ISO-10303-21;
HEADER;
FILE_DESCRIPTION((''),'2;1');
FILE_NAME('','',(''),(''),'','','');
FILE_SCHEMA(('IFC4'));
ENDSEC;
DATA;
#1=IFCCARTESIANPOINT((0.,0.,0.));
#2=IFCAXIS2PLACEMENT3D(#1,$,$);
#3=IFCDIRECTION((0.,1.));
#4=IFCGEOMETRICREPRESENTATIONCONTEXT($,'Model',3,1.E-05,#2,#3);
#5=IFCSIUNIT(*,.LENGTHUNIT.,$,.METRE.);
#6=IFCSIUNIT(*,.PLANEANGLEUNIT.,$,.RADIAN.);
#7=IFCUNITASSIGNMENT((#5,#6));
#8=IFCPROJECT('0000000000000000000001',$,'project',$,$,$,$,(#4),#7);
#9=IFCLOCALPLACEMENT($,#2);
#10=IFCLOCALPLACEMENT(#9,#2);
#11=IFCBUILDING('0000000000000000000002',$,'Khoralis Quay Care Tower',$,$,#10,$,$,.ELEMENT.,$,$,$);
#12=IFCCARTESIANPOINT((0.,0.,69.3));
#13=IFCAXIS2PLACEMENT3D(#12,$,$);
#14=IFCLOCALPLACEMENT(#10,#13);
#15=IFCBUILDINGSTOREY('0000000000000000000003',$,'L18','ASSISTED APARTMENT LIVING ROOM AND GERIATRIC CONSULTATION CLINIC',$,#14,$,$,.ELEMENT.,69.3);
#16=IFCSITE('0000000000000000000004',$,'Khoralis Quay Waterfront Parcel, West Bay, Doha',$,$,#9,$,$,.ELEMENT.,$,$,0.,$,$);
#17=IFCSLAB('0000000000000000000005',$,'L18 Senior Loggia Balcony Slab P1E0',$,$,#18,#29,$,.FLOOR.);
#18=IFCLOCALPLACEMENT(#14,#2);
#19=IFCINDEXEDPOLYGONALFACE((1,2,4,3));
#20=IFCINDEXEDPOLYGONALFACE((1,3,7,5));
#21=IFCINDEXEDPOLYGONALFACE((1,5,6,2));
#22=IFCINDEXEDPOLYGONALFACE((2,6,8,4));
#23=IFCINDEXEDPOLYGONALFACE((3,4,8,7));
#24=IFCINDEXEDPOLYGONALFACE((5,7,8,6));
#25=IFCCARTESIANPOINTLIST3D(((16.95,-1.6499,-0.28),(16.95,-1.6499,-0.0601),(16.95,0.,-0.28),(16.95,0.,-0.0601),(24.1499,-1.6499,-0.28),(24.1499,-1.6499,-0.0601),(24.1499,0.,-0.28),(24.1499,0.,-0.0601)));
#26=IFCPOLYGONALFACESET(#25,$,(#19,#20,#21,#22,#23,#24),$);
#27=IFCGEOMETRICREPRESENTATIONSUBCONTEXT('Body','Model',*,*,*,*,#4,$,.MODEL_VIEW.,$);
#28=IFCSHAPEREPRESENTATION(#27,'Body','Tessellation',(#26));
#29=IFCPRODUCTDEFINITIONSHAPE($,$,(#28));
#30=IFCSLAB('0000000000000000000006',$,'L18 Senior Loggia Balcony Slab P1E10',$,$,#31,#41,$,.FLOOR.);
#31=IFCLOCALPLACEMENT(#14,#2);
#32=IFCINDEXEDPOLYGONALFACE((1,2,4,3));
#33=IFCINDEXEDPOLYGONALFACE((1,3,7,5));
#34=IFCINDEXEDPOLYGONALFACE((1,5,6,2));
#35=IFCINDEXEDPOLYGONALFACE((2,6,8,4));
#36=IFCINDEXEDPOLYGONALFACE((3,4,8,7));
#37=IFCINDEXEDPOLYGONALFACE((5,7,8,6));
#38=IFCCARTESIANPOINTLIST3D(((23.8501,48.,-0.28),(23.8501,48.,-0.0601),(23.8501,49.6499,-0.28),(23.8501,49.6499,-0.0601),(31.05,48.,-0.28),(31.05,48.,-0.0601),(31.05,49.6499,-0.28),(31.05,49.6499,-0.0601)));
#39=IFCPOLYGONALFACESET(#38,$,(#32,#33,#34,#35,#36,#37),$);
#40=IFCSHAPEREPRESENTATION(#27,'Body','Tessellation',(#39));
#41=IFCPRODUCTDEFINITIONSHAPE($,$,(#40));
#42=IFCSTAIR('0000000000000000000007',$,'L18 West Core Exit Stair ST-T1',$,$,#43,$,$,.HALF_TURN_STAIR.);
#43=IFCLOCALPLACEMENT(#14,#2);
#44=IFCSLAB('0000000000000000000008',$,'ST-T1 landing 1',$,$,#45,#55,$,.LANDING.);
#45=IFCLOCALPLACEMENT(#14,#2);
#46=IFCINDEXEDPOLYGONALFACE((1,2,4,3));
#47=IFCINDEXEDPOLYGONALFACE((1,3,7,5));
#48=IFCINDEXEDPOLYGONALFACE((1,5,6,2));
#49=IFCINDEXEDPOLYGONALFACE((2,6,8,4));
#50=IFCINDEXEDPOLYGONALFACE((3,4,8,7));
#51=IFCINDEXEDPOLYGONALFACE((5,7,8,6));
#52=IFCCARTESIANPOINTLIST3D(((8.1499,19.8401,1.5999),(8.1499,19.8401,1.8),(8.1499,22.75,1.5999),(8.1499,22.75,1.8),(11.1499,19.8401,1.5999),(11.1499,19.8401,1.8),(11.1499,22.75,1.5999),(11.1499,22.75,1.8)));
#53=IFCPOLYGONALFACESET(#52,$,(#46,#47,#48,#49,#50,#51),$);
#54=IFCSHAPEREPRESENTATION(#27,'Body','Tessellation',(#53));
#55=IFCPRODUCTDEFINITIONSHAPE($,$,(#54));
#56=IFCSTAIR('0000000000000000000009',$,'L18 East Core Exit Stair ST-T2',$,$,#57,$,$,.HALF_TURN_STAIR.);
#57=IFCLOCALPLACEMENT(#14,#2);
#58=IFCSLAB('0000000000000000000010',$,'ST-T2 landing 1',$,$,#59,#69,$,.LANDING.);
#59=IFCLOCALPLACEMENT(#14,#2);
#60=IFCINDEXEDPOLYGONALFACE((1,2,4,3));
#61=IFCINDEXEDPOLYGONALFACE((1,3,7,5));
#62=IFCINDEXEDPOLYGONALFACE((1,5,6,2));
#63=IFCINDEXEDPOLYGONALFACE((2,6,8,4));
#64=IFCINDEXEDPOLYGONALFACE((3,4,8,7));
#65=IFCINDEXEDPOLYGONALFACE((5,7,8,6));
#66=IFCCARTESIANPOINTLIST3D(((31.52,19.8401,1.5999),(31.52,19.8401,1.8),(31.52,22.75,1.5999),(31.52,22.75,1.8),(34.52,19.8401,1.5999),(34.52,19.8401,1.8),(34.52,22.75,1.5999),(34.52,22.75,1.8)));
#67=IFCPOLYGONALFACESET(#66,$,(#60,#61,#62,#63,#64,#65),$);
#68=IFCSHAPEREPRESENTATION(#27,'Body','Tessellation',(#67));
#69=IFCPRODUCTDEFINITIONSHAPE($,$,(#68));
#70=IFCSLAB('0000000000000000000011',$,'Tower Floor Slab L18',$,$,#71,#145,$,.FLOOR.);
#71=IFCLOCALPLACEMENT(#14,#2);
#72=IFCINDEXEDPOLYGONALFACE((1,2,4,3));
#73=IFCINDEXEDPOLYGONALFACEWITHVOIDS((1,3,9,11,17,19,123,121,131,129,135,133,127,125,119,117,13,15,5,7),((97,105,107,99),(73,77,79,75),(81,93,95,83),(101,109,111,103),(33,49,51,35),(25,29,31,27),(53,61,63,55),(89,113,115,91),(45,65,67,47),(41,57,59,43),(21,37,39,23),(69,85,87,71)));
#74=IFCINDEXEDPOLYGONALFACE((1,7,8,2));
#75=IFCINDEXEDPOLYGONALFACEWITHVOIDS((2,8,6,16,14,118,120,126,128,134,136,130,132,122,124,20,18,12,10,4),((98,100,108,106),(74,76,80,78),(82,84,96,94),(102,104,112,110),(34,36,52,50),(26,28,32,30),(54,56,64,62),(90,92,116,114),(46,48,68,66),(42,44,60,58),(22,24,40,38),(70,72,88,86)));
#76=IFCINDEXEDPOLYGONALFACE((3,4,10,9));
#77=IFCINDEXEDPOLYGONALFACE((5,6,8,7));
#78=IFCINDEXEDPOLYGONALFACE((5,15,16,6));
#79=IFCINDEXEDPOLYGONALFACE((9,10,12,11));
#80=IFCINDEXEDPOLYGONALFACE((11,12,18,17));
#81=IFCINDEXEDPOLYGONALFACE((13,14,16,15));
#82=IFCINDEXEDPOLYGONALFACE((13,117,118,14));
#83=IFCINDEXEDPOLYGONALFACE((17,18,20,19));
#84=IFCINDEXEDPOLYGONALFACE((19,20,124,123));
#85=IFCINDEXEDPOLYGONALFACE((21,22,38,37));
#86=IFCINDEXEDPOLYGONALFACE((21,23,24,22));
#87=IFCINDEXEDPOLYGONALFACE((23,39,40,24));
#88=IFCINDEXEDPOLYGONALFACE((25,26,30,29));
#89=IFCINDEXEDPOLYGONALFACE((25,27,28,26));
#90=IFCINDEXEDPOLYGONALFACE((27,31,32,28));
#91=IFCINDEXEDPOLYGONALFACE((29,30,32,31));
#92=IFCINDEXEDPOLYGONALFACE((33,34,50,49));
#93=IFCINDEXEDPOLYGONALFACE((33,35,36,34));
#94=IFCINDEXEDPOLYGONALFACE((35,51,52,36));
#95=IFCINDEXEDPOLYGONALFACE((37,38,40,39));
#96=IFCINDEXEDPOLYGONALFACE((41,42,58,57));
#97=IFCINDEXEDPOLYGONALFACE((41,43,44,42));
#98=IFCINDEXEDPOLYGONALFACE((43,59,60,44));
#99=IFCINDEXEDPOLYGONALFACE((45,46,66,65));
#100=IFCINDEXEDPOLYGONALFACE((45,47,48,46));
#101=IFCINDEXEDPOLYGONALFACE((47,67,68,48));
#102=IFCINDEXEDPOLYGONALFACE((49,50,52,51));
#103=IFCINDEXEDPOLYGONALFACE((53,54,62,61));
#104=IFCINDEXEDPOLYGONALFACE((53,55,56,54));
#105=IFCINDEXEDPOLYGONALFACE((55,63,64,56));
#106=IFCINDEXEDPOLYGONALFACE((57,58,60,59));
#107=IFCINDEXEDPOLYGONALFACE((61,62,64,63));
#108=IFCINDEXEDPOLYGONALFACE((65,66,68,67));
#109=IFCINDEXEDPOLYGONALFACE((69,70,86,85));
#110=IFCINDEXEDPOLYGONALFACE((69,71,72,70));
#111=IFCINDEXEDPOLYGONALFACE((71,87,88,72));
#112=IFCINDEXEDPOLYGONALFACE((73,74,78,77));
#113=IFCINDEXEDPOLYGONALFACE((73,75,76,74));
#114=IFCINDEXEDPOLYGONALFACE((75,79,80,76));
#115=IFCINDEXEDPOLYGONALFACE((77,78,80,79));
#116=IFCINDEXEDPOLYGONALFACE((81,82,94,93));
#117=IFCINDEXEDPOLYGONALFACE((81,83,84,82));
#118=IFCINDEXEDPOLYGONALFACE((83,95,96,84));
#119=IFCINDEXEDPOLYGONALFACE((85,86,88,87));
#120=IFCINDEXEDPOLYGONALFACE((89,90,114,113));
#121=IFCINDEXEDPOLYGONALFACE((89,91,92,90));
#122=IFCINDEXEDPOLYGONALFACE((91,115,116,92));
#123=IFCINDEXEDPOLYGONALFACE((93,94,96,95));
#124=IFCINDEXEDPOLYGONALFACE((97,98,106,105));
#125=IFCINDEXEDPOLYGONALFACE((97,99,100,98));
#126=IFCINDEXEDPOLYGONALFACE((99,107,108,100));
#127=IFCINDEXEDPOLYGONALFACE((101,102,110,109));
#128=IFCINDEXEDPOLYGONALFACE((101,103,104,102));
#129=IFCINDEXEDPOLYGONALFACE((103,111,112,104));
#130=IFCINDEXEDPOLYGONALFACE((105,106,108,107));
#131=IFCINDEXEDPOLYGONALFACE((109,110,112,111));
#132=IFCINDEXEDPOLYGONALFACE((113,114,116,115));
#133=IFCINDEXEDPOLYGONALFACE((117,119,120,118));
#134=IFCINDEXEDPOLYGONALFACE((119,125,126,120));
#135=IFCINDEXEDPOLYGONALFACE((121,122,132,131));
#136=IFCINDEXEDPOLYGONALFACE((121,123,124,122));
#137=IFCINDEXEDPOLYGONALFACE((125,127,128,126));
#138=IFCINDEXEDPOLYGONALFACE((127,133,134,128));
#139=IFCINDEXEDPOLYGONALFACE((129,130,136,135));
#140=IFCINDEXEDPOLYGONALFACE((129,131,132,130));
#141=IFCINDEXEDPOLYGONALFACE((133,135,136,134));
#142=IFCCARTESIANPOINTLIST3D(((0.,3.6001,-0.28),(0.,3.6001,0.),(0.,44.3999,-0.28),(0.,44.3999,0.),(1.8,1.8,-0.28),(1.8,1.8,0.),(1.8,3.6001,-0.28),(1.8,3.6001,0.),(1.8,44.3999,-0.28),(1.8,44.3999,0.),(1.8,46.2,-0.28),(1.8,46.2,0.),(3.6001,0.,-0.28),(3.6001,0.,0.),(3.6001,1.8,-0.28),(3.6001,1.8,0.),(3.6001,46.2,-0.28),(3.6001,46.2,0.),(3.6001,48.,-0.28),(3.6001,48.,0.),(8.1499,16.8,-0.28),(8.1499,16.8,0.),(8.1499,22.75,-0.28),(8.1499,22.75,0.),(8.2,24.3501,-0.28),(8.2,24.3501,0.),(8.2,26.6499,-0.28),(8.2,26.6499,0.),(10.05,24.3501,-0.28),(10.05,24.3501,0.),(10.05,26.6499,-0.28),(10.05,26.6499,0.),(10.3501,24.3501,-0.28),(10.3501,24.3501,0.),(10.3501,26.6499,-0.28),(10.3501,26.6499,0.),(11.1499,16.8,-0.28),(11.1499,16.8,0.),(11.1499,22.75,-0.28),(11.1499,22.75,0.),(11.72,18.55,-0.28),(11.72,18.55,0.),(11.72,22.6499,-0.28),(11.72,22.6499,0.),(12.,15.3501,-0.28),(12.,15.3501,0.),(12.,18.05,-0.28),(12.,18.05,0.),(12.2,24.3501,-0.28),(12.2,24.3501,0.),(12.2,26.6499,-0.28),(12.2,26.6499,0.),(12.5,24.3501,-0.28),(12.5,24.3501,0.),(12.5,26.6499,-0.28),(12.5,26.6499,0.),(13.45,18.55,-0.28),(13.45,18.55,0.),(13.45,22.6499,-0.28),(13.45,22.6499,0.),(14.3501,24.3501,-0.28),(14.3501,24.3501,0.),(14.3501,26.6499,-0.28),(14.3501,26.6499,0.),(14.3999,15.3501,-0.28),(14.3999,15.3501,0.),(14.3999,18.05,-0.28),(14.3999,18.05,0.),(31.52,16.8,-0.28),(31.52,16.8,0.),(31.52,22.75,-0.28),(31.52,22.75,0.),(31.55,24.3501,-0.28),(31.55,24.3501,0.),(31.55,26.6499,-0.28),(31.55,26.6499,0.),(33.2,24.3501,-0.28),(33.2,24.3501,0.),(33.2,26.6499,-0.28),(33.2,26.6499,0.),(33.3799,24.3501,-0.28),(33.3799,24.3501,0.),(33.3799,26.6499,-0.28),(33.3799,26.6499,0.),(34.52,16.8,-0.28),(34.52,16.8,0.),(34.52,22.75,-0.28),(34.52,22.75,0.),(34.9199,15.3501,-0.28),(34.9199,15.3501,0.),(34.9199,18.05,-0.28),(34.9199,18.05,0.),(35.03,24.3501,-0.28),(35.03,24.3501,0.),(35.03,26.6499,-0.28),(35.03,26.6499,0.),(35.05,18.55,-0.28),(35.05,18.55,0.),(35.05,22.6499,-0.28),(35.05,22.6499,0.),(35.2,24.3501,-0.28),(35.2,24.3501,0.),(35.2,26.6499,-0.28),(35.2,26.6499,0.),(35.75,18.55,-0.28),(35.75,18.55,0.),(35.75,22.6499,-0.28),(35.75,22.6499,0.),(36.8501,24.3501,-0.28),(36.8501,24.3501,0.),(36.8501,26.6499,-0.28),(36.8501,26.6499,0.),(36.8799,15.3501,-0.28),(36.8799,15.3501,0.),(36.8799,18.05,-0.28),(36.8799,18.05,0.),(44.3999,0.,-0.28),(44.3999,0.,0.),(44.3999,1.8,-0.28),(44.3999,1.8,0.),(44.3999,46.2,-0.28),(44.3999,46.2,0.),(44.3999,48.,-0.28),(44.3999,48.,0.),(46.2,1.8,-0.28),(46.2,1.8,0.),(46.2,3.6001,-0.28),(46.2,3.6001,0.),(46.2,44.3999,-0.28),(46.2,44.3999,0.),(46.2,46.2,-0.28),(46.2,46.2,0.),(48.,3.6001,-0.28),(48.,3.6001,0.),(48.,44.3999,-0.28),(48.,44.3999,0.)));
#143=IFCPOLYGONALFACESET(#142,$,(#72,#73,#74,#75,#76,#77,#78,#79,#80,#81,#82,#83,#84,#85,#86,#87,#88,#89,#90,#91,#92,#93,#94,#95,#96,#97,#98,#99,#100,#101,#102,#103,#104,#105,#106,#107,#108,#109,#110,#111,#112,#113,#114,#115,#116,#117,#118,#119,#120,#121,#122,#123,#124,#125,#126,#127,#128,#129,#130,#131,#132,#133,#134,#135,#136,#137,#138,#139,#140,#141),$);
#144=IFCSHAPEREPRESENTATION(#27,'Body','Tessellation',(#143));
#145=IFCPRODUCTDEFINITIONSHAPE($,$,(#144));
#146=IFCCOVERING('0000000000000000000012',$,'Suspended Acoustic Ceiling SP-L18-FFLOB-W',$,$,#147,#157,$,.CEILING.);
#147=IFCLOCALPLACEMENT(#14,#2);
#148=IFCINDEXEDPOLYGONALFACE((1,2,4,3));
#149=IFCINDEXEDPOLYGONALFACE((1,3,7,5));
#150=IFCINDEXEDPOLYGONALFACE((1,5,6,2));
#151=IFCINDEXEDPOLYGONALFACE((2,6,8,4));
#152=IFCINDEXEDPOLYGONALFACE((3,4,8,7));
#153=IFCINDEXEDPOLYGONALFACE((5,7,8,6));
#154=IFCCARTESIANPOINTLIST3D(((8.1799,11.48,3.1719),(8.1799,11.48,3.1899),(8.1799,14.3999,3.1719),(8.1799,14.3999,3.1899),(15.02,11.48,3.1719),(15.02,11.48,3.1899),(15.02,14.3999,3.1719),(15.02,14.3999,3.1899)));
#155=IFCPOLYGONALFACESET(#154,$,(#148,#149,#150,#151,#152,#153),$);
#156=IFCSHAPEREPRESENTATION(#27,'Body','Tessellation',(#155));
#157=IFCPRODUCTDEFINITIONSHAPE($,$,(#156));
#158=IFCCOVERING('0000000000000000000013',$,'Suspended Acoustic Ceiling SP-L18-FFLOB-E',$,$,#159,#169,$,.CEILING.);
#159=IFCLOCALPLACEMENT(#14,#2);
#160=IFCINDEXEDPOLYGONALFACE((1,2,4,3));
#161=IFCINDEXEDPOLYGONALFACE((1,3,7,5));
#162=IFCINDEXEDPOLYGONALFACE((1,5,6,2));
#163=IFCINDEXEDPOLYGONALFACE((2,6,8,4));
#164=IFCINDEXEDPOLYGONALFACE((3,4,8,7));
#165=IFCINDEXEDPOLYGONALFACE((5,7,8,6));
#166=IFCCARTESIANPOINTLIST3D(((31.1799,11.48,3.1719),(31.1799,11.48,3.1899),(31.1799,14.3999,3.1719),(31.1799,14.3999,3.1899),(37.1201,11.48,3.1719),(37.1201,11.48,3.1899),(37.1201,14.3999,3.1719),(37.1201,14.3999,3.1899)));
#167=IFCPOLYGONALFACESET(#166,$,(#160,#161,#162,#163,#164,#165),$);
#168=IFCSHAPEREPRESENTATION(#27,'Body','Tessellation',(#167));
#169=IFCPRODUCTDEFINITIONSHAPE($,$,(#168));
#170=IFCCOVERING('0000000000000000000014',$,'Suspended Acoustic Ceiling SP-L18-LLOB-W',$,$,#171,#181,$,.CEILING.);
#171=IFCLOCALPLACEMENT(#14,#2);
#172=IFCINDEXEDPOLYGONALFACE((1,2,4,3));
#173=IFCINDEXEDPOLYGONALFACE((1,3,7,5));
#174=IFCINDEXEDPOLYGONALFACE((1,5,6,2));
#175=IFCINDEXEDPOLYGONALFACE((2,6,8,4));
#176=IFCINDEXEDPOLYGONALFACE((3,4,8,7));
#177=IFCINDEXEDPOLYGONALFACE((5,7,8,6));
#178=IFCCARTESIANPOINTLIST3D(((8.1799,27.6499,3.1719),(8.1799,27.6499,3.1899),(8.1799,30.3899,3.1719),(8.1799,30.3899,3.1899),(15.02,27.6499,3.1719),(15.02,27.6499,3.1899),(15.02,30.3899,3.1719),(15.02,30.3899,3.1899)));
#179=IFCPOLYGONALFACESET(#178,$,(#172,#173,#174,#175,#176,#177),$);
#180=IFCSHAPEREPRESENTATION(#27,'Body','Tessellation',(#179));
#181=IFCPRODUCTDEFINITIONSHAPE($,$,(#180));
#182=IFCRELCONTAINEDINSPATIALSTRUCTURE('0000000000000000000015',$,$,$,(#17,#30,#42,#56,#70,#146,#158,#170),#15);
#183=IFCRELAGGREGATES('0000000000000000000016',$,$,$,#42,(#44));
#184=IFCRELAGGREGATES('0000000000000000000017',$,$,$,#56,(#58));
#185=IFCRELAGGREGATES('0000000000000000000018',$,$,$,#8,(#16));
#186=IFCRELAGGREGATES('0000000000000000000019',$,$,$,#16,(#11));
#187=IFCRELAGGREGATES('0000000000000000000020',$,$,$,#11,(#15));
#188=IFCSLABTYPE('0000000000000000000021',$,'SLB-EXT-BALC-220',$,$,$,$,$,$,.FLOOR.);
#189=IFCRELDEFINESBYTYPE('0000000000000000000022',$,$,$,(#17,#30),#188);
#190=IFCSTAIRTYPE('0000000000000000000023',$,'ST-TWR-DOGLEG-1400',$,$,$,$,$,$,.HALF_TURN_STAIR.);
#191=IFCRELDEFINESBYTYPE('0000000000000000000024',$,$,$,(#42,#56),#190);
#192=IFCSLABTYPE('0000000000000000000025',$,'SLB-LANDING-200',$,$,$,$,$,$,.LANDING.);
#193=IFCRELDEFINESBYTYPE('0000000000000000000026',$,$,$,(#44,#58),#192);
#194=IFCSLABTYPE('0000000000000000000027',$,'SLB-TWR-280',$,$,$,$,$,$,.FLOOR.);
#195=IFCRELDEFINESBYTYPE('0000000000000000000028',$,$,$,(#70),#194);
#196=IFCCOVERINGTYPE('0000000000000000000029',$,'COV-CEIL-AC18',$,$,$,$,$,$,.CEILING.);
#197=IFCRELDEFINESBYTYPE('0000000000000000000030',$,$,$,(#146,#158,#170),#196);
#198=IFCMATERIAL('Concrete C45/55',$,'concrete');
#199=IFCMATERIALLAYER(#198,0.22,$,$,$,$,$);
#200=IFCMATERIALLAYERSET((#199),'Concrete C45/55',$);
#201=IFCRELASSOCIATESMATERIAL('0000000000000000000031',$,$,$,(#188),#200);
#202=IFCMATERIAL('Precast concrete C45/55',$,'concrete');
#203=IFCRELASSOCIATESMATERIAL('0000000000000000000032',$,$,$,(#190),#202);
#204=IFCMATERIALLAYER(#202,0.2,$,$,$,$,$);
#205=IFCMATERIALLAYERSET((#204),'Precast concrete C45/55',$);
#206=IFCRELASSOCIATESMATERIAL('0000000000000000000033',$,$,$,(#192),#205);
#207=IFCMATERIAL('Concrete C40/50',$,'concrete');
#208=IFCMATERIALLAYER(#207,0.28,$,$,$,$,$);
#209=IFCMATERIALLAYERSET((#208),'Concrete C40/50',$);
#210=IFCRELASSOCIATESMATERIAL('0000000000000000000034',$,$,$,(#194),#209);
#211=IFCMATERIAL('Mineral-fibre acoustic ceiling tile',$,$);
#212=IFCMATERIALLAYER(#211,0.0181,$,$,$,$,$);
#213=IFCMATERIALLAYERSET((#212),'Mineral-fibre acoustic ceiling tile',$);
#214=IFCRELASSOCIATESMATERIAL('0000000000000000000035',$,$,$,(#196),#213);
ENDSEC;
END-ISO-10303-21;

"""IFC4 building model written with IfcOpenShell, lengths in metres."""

from ifc_helpers import new_model, si_unit, direction, frame, origin, place, context, subcontext, project, spatial, polyline, outline, extrude, material, layer, layer_set, type_object, element, aggregate, save


model = new_model("IFC4")

# Units and contexts
model_context = context("Model", 3, precision=1e-05, world=origin(), true_north=direction((0.0, 1.0)))
body_context = subcontext(model_context, "Body", "Model", "MODEL_VIEW")
ifc_project = project(units=[si_unit("LENGTHUNIT", "METRE"), si_unit("PLANEANGLEUNIT", "RADIAN")], contexts=[model_context])

# Site, building, storey
site_placement = place(None, origin())
site = spatial("IfcSite", under=ifc_project, at=site_placement, Name="Khoralis Quay Waterfront Parcel, West Bay, Doha", CompositionType="ELEMENT", RefElevation=0.0)
building_placement = place(site_placement, origin())
building = spatial("IfcBuilding", under=site, at=building_placement, Name="Khoralis Quay Care Tower", CompositionType="ELEMENT")
storey_placement = place(building_placement, frame((0.0, 0.0, 69.3)))
storey = spatial("IfcBuildingStorey", under=building, at=storey_placement, Name="L18", Description="ASSISTED APARTMENT LIVING ROOM AND GERIATRIC CONSULTATION CLINIC", CompositionType="ELEMENT", Elevation=69.3)

# Slabs
ifc_material_1 = material(Name="Concrete C45/55", Category="concrete")
ifc_layer_1 = layer(ifc_material_1, 0.22)
ifc_layer_set_1 = layer_set([ifc_layer_1], Name="Concrete C45/55")
slab_type_1 = type_object("IfcSlabType", Name="SLB-EXT-BALC-220", PredefinedType="FLOOR", material=ifc_layer_set_1)
slab_1_placement = place(storey_placement, frame((0.0, 0.0, -0.28)))
element("IfcSlab", 1, at=slab_1_placement, inside=storey, type_object=slab_type_1, Name="L18 Senior Loggia Balcony Slab P1E0", PredefinedType="FLOOR", context=body_context, shape_type="SweptSolid", body=[
    extrude(outline(polyline([(16.95, -1.6499), (24.1499, -1.6499), (24.1499, 0.0), (16.95, 0.0), (16.95, -1.6499)])), origin(), (0.0, 0.0, 1.0), 0.22),
])
slab_2_placement = place(storey_placement, frame((0.0, 0.0, -0.28)))
element("IfcSlab", 2, at=slab_2_placement, inside=storey, type_object=slab_type_1, Name="L18 Senior Loggia Balcony Slab P1E10", PredefinedType="FLOOR", context=body_context, shape_type="SweptSolid", body=[
    extrude(outline(polyline([(23.8501, 48.0), (31.05, 48.0), (31.05, 49.6499), (23.8501, 49.6499), (23.8501, 48.0)])), origin(), (0.0, 0.0, 1.0), 0.22),
])

# Stairs, slabs
ifc_material_2 = material(Name="Precast concrete C45/55", Category="concrete")
stair_type = type_object("IfcStairType", Name="ST-TWR-DOGLEG-1400", PredefinedType="HALF_TURN_STAIR", material=ifc_material_2)
stair_1_placement = place(storey_placement, origin())
stair_1 = element("IfcStair", 3, at=stair_1_placement, inside=storey, type_object=stair_type, Name="L18 West Core Exit Stair ST-T1", PredefinedType="HALF_TURN_STAIR")
ifc_layer_2 = layer(ifc_material_2, 0.2)
ifc_layer_set_2 = layer_set([ifc_layer_2], Name="Precast concrete C45/55")
slab_type_2 = type_object("IfcSlabType", Name="SLB-LANDING-200", PredefinedType="LANDING", material=ifc_layer_set_2)
slab_3_placement = place(storey_placement, frame((0.0, 0.0, 1.5999)))
slab_3 = element("IfcSlab", 4, at=slab_3_placement, type_object=slab_type_2, Name="ST-T1 landing 1", PredefinedType="LANDING", context=body_context, shape_type="SweptSolid", body=[
    extrude(outline(polyline([(11.1499, 19.8401), (11.1499, 22.75), (8.1499, 22.75), (8.1499, 19.8401), (11.1499, 19.8401)])), origin(), (0.0, 0.0, 1.0), 0.2002),
])
aggregate(stair_1, [slab_3])
stair_2_placement = place(storey_placement, origin())
stair_2 = element("IfcStair", 5, at=stair_2_placement, inside=storey, type_object=stair_type, Name="L18 East Core Exit Stair ST-T2", PredefinedType="HALF_TURN_STAIR")
slab_4_placement = place(storey_placement, frame((0.0, 0.0, 1.5999)))
slab_4 = element("IfcSlab", 6, at=slab_4_placement, type_object=slab_type_2, Name="ST-T2 landing 1", PredefinedType="LANDING", context=body_context, shape_type="SweptSolid", body=[
    extrude(outline(polyline([(34.52, 19.8401), (34.52, 22.75), (31.52, 22.75), (31.52, 19.8401), (34.52, 19.8401)])), origin(), (0.0, 0.0, 1.0), 0.2002),
])
aggregate(stair_2, [slab_4])

# Slab
ifc_material_3 = material(Name="Concrete C40/50", Category="concrete")
ifc_layer_3 = layer(ifc_material_3, 0.28)
ifc_layer_set_3 = layer_set([ifc_layer_3], Name="Concrete C40/50")
slab_type_3 = type_object("IfcSlabType", Name="SLB-TWR-280", PredefinedType="FLOOR", material=ifc_layer_set_3)
slab_5_placement = place(storey_placement, frame((0.0, 0.0, -0.28)))
element("IfcSlab", 7, at=slab_5_placement, inside=storey, type_object=slab_type_3, Name="Tower Floor Slab L18", PredefinedType="FLOOR", context=body_context, shape_type="SweptSolid", body=[
    extrude(outline(polyline([(3.6001, 0.0), (44.3999, 0.0), (44.3999, 1.8), (46.2, 1.8), (46.2, 3.6001), (48.0, 3.6001), (48.0, 44.3999), (46.2, 44.3999), (46.2, 46.2), (44.3999, 46.2), (44.3999, 48.0), (3.6001, 48.0), (3.6001, 46.2), (1.8, 46.2), (1.8, 44.3999), (0.0, 44.3999), (0.0, 3.6001), (1.8, 3.6001), (1.8, 1.8), (3.6001, 1.8), (3.6001, 0.0)]), holes=[polyline([(11.1499, 16.8), (11.1499, 22.75), (8.1499, 22.75), (8.1499, 16.8), (11.1499, 16.8)]), polyline([(34.52, 16.8), (34.52, 22.75), (31.52, 22.75), (31.52, 16.8), (34.52, 16.8)]), polyline([(12.0, 15.3501), (14.3999, 15.3501), (14.3999, 18.05), (12.0, 18.05), (12.0, 15.3501)]), polyline([(34.9199, 15.3501), (36.8799, 15.3501), (36.8799, 18.05), (34.9199, 18.05), (34.9199, 15.3501)]), polyline([(8.2, 24.3501), (10.05, 24.3501), (10.05, 26.6499), (8.2, 26.6499), (8.2, 24.3501)]), polyline([(31.55, 24.3501), (33.2, 24.3501), (33.2, 26.6499), (31.55, 26.6499), (31.55, 24.3501)]), polyline([(10.3501, 24.3501), (12.2, 24.3501), (12.2, 26.6499), (10.3501, 26.6499), (10.3501, 24.3501)]), polyline([(33.3799, 24.3501), (35.03, 24.3501), (35.03, 26.6499), (33.3799, 26.6499), (33.3799, 24.3501)]), polyline([(12.5, 24.3501), (14.3501, 24.3501), (14.3501, 26.6499), (12.5, 26.6499), (12.5, 24.3501)]), polyline([(35.2, 24.3501), (36.8501, 24.3501), (36.8501, 26.6499), (35.2, 26.6499), (35.2, 24.3501)]), polyline([(11.72, 18.55), (13.45, 18.55), (13.45, 22.6499), (11.72, 22.6499), (11.72, 18.55)]), polyline([(35.05, 18.55), (35.75, 18.55), (35.75, 22.6499), (35.05, 22.6499), (35.05, 18.55)])]), origin(), (0.0, 0.0, 1.0), 0.28),
])

# Coverings
ifc_material_4 = material(Name="Mineral-fibre acoustic ceiling tile")
ifc_layer_4 = layer(ifc_material_4, 0.0181)
ifc_layer_set_4 = layer_set([ifc_layer_4], Name="Mineral-fibre acoustic ceiling tile")
covering_type_1 = type_object("IfcCoveringType", Name="COV-CEIL-AC18", PredefinedType="CEILING", material=ifc_layer_set_4)
covering_1_placement = place(storey_placement, frame((0.0, 0.0, 3.1719)))
element("IfcCovering", 8, at=covering_1_placement, inside=storey, type_object=covering_type_1, Name="Suspended Acoustic Ceiling SP-L18-FFLOB-W", PredefinedType="CEILING", context=body_context, shape_type="SweptSolid", body=[
    extrude(outline(polyline([(8.1799, 11.48), (15.02, 11.48), (15.02, 14.3999), (8.1799, 14.3999), (8.1799, 11.48)])), origin(), (0.0, 0.0, 1.0), 0.0181),
])
covering_2_placement = place(storey_placement, frame((0.0, 0.0, 3.1719)))
element("IfcCovering", 9, at=covering_2_placement, inside=storey, type_object=covering_type_1, Name="Suspended Acoustic Ceiling SP-L18-FFLOB-E", PredefinedType="CEILING", context=body_context, shape_type="SweptSolid", body=[
    extrude(outline(polyline([(31.1799, 11.48), (37.1201, 11.48), (37.1201, 14.3999), (31.1799, 14.3999), (31.1799, 11.48)])), origin(), (0.0, 0.0, 1.0), 0.0181),
])
covering_3_placement = place(storey_placement, frame((0.0, 0.0, 3.1719)))
element("IfcCovering", 10, at=covering_3_placement, inside=storey, type_object=covering_type_1, Name="Suspended Acoustic Ceiling SP-L18-LLOB-W", PredefinedType="CEILING", context=body_context, shape_type="SweptSolid", body=[
    extrude(outline(polyline([(8.1799, 27.6499), (15.02, 27.6499), (15.02, 30.3899), (8.1799, 30.3899), (8.1799, 27.6499)])), origin(), (0.0, 0.0, 1.0), 0.0181),
])

save(model, "model.ifc")
